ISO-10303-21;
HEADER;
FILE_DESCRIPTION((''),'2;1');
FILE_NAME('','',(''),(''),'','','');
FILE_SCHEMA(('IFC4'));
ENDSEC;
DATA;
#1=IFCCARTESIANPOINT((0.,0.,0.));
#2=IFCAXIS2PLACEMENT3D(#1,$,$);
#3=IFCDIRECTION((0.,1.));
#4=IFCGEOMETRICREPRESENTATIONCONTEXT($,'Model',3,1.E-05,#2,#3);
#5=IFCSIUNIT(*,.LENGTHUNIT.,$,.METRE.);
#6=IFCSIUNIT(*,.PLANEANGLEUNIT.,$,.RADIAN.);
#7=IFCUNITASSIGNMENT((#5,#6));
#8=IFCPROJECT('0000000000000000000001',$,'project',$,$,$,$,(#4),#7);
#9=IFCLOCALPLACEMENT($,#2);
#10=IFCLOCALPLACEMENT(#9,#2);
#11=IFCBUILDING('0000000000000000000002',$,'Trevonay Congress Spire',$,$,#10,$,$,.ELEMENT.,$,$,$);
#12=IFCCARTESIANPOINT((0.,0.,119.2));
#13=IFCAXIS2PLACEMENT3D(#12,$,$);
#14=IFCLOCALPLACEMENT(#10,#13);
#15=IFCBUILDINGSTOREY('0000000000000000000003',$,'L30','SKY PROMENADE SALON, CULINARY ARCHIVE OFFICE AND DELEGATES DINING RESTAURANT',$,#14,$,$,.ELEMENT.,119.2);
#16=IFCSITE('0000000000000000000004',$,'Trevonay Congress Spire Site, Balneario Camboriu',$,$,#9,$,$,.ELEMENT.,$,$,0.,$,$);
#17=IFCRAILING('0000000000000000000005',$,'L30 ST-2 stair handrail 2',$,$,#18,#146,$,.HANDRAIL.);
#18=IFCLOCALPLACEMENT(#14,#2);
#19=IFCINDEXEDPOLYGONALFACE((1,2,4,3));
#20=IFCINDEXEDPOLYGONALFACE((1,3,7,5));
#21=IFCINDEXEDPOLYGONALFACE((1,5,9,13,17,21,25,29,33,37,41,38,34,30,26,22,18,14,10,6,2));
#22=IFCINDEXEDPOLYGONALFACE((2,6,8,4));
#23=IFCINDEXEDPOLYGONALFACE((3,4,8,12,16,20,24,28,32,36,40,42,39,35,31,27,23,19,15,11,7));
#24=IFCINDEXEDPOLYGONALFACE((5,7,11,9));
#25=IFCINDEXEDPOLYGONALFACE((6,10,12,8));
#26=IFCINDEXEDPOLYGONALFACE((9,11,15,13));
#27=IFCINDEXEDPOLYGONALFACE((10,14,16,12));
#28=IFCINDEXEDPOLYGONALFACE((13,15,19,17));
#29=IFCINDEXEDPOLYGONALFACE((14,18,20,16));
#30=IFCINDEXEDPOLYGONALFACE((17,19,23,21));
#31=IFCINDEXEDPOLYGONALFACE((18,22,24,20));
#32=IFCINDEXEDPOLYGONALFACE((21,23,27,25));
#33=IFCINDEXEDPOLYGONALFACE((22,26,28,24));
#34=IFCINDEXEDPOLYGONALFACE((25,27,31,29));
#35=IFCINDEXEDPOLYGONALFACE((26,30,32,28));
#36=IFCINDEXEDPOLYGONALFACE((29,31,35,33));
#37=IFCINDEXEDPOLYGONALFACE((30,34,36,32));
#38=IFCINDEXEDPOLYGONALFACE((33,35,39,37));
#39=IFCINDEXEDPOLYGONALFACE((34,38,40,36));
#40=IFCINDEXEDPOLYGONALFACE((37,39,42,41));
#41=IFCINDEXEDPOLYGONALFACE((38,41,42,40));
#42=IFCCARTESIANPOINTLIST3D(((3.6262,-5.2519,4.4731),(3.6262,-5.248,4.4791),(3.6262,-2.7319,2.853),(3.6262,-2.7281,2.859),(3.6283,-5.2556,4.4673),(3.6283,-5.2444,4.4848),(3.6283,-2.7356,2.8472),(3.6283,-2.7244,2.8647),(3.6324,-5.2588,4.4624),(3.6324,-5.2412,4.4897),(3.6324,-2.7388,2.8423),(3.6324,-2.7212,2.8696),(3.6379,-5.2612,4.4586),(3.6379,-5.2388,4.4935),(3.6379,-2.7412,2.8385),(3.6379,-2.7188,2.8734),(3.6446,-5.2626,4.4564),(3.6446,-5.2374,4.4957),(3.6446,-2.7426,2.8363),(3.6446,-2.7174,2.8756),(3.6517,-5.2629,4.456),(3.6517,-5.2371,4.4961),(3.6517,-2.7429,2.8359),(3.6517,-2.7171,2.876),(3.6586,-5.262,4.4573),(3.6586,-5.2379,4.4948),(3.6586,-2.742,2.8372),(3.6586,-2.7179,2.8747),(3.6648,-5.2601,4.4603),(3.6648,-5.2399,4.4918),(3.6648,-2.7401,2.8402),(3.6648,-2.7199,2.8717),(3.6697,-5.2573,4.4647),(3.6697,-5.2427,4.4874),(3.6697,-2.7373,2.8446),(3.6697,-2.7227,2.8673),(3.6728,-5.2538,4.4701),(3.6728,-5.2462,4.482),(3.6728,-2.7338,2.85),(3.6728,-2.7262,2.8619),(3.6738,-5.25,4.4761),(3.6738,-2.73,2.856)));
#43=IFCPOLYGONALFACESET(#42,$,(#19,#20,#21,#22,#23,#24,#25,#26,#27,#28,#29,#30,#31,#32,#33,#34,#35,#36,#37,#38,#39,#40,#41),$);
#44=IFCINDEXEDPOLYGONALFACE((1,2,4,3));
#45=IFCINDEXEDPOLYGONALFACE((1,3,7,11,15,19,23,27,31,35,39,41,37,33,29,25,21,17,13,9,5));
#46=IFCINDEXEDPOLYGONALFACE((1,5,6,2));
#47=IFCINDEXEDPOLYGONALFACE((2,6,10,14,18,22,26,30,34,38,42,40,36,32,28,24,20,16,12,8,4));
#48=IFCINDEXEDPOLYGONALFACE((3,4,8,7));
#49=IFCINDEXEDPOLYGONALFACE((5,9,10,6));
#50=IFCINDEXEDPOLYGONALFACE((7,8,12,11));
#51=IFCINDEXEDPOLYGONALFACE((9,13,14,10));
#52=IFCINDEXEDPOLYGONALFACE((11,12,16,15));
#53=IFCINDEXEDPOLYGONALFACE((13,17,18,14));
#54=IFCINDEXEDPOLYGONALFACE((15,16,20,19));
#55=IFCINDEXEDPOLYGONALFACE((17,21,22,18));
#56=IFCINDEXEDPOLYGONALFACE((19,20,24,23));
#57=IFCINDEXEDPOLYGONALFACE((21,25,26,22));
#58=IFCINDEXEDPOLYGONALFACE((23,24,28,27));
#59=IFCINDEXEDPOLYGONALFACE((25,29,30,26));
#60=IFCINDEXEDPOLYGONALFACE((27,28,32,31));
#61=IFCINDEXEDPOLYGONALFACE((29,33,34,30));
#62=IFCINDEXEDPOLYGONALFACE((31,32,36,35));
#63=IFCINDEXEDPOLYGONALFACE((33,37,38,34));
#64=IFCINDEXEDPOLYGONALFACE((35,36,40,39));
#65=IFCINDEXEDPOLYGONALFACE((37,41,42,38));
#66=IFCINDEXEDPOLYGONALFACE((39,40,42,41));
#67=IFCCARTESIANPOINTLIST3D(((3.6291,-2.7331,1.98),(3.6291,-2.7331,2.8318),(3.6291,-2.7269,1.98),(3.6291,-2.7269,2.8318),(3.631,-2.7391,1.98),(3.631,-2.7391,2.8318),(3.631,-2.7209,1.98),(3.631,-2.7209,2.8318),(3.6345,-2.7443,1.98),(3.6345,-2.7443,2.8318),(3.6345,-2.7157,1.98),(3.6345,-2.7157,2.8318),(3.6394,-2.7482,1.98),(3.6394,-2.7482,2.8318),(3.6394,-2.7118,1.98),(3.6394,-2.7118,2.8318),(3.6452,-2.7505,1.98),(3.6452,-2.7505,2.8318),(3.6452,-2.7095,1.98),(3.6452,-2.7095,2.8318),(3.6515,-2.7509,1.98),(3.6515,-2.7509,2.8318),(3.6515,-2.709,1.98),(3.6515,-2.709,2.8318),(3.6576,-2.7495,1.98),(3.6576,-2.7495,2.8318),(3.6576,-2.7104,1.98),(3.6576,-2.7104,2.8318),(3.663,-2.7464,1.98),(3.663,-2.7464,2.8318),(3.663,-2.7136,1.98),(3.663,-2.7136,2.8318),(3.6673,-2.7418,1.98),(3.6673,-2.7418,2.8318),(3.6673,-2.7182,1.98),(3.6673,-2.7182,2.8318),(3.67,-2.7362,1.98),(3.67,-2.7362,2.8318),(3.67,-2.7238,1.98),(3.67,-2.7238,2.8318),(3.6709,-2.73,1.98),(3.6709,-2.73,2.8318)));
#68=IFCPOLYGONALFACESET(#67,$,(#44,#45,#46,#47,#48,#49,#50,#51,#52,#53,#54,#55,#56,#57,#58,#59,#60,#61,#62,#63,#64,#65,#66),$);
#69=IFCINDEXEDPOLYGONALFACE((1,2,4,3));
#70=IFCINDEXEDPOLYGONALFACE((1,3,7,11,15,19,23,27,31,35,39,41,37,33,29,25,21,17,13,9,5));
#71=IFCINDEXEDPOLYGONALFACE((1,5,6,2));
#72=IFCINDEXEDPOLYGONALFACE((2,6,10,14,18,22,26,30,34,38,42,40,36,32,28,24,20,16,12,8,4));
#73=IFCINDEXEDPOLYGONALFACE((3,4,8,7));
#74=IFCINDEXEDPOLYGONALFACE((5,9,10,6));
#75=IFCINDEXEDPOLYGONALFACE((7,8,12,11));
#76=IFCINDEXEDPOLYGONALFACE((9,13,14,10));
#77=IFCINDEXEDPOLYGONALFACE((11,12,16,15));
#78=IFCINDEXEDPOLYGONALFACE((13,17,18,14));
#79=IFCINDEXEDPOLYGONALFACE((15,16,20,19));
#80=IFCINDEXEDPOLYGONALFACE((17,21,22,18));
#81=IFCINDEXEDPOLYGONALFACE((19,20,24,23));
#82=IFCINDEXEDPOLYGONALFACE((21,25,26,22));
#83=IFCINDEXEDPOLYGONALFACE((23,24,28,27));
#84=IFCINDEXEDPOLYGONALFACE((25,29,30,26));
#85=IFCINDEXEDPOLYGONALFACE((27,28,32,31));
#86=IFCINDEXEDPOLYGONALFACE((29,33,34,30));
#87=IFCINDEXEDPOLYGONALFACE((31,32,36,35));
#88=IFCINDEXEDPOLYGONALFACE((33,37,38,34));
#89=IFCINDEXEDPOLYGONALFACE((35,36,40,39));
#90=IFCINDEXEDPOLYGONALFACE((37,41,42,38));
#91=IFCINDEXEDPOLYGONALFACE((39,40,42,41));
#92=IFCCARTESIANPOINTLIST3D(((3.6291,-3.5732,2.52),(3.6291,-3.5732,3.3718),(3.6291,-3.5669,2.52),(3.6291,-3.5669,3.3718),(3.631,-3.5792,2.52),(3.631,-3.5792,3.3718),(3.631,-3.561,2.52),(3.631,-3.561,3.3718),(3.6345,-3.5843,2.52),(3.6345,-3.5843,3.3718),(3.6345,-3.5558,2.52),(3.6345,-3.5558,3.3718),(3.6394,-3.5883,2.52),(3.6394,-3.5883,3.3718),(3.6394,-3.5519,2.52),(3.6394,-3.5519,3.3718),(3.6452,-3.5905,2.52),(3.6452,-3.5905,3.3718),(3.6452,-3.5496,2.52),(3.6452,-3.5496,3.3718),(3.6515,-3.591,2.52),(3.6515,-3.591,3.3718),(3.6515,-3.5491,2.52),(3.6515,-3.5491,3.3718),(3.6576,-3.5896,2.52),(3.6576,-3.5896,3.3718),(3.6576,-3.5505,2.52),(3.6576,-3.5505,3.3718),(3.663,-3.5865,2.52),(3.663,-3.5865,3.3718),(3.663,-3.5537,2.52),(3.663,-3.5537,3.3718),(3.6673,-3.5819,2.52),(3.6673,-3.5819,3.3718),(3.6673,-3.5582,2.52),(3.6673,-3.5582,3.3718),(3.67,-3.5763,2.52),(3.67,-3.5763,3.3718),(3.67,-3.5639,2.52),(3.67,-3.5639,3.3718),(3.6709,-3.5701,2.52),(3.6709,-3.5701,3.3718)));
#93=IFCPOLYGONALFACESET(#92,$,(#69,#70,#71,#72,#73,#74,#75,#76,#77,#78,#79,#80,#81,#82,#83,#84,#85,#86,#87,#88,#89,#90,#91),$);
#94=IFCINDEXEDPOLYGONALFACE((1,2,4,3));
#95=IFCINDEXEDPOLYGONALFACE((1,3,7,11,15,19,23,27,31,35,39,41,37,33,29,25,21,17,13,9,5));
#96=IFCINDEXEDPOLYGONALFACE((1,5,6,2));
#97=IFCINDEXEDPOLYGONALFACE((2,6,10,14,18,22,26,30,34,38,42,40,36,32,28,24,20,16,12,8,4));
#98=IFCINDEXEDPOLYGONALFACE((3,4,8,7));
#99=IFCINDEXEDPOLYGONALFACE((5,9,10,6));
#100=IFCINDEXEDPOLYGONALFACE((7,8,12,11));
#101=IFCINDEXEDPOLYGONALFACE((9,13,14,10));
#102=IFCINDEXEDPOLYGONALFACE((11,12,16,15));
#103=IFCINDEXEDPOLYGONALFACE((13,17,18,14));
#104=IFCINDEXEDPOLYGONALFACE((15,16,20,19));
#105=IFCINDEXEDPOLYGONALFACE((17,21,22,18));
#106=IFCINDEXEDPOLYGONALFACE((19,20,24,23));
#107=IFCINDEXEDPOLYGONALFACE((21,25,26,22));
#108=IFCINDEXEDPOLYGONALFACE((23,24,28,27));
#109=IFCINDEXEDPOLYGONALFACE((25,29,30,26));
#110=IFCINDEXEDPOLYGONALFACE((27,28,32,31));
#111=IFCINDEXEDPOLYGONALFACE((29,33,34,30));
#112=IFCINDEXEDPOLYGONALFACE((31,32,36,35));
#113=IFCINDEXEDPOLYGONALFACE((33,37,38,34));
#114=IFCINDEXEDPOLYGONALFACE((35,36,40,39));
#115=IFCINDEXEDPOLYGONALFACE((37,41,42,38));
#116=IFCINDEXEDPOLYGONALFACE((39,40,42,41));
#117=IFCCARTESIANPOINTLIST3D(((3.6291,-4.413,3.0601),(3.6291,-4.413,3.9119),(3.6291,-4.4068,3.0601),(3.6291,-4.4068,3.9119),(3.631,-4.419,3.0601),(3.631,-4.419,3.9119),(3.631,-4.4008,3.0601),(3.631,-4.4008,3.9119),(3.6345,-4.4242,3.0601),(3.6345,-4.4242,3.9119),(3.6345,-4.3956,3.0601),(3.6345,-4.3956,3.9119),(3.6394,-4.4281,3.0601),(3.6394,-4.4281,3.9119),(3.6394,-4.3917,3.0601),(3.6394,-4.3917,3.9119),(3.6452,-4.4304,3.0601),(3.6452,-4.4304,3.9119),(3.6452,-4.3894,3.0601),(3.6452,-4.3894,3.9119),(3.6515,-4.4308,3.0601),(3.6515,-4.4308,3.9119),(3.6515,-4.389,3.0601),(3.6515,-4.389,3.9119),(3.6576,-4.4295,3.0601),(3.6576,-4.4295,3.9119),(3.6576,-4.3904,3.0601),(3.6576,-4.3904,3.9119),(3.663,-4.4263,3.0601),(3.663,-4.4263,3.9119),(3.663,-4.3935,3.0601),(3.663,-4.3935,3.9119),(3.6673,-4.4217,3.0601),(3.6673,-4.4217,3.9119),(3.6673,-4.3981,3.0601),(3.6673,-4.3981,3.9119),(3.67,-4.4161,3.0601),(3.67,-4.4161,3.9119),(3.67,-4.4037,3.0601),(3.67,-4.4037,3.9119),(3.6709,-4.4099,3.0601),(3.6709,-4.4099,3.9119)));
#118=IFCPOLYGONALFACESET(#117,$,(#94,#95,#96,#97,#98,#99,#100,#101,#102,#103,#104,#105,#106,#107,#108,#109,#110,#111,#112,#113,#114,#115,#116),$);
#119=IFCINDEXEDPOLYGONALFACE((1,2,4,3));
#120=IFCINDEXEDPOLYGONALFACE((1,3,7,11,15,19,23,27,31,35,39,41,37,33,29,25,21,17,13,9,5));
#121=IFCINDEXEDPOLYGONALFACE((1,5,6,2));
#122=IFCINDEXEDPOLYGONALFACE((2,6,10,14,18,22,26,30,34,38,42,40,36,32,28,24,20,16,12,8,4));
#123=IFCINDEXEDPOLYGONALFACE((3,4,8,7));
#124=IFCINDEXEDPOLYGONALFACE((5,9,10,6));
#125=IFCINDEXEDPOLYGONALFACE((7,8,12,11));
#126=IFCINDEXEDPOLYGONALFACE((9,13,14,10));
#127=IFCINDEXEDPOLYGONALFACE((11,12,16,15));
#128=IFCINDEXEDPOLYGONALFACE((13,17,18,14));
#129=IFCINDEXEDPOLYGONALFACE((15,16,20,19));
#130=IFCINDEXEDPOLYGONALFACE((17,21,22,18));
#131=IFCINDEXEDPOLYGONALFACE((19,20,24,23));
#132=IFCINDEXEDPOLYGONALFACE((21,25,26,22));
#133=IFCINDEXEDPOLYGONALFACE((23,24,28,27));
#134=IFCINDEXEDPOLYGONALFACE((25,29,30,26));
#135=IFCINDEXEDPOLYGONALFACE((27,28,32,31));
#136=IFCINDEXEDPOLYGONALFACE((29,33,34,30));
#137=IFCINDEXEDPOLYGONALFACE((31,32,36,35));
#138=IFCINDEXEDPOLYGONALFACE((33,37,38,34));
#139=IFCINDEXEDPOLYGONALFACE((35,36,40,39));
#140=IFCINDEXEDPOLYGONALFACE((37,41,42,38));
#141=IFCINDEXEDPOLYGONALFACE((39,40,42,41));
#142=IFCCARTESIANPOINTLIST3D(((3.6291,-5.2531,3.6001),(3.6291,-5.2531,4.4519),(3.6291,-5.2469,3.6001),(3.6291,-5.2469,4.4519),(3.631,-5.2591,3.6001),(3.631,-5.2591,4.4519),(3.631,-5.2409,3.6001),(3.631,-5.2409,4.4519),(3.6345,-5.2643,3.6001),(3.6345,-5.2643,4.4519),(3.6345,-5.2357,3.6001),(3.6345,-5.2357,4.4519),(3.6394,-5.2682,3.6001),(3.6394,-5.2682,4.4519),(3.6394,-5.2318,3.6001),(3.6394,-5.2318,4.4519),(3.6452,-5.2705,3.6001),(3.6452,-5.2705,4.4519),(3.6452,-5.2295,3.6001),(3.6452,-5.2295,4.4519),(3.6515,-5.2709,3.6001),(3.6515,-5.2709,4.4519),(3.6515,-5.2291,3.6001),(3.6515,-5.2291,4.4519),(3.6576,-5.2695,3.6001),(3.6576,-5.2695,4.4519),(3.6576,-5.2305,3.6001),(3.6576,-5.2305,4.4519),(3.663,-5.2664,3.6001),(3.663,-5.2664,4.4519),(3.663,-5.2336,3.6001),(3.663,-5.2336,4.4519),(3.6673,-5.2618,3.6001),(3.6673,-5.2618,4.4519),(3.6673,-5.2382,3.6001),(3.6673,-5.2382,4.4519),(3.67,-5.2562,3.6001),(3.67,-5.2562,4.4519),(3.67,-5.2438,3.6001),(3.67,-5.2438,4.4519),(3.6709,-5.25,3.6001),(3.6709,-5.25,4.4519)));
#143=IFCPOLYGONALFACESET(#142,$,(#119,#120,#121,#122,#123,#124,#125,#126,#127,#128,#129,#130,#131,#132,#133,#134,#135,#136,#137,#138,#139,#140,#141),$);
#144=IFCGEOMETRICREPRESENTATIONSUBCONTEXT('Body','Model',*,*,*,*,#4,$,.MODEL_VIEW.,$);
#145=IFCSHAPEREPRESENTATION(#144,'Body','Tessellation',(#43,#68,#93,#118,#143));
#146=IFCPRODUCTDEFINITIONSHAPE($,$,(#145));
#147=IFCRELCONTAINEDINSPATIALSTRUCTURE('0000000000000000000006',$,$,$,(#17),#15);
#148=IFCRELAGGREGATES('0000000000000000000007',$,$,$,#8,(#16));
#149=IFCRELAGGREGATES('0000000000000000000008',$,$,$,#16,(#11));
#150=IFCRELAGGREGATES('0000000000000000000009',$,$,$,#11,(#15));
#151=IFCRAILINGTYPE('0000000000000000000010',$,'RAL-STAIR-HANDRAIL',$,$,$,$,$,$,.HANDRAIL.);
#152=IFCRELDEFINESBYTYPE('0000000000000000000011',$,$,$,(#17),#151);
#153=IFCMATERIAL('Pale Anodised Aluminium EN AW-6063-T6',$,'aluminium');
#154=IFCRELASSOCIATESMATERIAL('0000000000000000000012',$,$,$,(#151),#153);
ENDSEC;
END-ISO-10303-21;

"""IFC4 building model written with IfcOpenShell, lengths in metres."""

from ifc_helpers import new_model, si_unit, direction, frame, origin, origin_2d, place, context, subcontext, project, spatial, circle, extrude, material, type_object, element, save


model = new_model("IFC4")

# Units and contexts
model_context = context("Model", 3, precision=1e-05, world=origin(), true_north=direction((0.0, 1.0)))
body_context = subcontext(model_context, "Body", "Model", "MODEL_VIEW")
ifc_project = project(units=[si_unit("LENGTHUNIT", "METRE"), si_unit("PLANEANGLEUNIT", "RADIAN")], contexts=[model_context])

# Site, building, storey
site_placement = place(None, origin())
site = spatial("IfcSite", under=ifc_project, at=site_placement, Name="Trevonay Congress Spire Site, Balneario Camboriu", CompositionType="ELEMENT", RefElevation=0.0)
building_placement = place(site_placement, origin())
building = spatial("IfcBuilding", under=site, at=building_placement, Name="Trevonay Congress Spire", CompositionType="ELEMENT")
storey_placement = place(building_placement, frame((0.0, 0.0, 119.2)))
storey = spatial("IfcBuildingStorey", under=building, at=storey_placement, Name="L30", Description="SKY PROMENADE SALON, CULINARY ARCHIVE OFFICE AND DELEGATES DINING RESTAURANT", CompositionType="ELEMENT", Elevation=119.2)

# Shared definitions
ifc_material_1 = material(Name="Pale Anodised Aluminium EN AW-6063-T6", Category="aluminium")

# Railing
railing_type_1 = type_object("IfcRailingType", Name="RAL-STAIR-HANDRAIL", PredefinedType="HANDRAIL", material=ifc_material_1)
railing_1_placement = place(storey_placement, frame((3.6499, -2.73, 1.98)))
element("IfcRailing", 1, at=railing_1_placement, inside=storey, type_object=railing_type_1, Name="L30 ST-2 stair handrail 2", PredefinedType="HANDRAIL", context=body_context, shape_type="SweptSolid", body=[
    extrude(circle(Radius=0.0239, at=origin_2d()), frame((0.0, 0.0, 0.876), z_axis=(0.0, -0.841163, 0.540782), x_axis=(1.0, 0.0, 0.0)), (0.0, 0.0, 1.0), 2.9958),
    extrude(circle(Radius=0.021, at=origin_2d()), origin(), (0.0, 0.0, 1.0), 0.8518),
    extrude(circle(Radius=0.021, at=origin_2d()), frame((0.0, -0.8401, 0.54)), (0.0, 0.0, 1.0), 0.8518),
    extrude(circle(Radius=0.021, at=origin_2d()), frame((0.0, -1.6799, 1.0801)), (0.0, 0.0, 1.0), 0.8518),
    extrude(circle(Radius=0.021, at=origin_2d()), frame((0.0, -2.52, 1.6201)), (0.0, 0.0, 1.0), 0.8518),
])

save(model, "model.ifc")
